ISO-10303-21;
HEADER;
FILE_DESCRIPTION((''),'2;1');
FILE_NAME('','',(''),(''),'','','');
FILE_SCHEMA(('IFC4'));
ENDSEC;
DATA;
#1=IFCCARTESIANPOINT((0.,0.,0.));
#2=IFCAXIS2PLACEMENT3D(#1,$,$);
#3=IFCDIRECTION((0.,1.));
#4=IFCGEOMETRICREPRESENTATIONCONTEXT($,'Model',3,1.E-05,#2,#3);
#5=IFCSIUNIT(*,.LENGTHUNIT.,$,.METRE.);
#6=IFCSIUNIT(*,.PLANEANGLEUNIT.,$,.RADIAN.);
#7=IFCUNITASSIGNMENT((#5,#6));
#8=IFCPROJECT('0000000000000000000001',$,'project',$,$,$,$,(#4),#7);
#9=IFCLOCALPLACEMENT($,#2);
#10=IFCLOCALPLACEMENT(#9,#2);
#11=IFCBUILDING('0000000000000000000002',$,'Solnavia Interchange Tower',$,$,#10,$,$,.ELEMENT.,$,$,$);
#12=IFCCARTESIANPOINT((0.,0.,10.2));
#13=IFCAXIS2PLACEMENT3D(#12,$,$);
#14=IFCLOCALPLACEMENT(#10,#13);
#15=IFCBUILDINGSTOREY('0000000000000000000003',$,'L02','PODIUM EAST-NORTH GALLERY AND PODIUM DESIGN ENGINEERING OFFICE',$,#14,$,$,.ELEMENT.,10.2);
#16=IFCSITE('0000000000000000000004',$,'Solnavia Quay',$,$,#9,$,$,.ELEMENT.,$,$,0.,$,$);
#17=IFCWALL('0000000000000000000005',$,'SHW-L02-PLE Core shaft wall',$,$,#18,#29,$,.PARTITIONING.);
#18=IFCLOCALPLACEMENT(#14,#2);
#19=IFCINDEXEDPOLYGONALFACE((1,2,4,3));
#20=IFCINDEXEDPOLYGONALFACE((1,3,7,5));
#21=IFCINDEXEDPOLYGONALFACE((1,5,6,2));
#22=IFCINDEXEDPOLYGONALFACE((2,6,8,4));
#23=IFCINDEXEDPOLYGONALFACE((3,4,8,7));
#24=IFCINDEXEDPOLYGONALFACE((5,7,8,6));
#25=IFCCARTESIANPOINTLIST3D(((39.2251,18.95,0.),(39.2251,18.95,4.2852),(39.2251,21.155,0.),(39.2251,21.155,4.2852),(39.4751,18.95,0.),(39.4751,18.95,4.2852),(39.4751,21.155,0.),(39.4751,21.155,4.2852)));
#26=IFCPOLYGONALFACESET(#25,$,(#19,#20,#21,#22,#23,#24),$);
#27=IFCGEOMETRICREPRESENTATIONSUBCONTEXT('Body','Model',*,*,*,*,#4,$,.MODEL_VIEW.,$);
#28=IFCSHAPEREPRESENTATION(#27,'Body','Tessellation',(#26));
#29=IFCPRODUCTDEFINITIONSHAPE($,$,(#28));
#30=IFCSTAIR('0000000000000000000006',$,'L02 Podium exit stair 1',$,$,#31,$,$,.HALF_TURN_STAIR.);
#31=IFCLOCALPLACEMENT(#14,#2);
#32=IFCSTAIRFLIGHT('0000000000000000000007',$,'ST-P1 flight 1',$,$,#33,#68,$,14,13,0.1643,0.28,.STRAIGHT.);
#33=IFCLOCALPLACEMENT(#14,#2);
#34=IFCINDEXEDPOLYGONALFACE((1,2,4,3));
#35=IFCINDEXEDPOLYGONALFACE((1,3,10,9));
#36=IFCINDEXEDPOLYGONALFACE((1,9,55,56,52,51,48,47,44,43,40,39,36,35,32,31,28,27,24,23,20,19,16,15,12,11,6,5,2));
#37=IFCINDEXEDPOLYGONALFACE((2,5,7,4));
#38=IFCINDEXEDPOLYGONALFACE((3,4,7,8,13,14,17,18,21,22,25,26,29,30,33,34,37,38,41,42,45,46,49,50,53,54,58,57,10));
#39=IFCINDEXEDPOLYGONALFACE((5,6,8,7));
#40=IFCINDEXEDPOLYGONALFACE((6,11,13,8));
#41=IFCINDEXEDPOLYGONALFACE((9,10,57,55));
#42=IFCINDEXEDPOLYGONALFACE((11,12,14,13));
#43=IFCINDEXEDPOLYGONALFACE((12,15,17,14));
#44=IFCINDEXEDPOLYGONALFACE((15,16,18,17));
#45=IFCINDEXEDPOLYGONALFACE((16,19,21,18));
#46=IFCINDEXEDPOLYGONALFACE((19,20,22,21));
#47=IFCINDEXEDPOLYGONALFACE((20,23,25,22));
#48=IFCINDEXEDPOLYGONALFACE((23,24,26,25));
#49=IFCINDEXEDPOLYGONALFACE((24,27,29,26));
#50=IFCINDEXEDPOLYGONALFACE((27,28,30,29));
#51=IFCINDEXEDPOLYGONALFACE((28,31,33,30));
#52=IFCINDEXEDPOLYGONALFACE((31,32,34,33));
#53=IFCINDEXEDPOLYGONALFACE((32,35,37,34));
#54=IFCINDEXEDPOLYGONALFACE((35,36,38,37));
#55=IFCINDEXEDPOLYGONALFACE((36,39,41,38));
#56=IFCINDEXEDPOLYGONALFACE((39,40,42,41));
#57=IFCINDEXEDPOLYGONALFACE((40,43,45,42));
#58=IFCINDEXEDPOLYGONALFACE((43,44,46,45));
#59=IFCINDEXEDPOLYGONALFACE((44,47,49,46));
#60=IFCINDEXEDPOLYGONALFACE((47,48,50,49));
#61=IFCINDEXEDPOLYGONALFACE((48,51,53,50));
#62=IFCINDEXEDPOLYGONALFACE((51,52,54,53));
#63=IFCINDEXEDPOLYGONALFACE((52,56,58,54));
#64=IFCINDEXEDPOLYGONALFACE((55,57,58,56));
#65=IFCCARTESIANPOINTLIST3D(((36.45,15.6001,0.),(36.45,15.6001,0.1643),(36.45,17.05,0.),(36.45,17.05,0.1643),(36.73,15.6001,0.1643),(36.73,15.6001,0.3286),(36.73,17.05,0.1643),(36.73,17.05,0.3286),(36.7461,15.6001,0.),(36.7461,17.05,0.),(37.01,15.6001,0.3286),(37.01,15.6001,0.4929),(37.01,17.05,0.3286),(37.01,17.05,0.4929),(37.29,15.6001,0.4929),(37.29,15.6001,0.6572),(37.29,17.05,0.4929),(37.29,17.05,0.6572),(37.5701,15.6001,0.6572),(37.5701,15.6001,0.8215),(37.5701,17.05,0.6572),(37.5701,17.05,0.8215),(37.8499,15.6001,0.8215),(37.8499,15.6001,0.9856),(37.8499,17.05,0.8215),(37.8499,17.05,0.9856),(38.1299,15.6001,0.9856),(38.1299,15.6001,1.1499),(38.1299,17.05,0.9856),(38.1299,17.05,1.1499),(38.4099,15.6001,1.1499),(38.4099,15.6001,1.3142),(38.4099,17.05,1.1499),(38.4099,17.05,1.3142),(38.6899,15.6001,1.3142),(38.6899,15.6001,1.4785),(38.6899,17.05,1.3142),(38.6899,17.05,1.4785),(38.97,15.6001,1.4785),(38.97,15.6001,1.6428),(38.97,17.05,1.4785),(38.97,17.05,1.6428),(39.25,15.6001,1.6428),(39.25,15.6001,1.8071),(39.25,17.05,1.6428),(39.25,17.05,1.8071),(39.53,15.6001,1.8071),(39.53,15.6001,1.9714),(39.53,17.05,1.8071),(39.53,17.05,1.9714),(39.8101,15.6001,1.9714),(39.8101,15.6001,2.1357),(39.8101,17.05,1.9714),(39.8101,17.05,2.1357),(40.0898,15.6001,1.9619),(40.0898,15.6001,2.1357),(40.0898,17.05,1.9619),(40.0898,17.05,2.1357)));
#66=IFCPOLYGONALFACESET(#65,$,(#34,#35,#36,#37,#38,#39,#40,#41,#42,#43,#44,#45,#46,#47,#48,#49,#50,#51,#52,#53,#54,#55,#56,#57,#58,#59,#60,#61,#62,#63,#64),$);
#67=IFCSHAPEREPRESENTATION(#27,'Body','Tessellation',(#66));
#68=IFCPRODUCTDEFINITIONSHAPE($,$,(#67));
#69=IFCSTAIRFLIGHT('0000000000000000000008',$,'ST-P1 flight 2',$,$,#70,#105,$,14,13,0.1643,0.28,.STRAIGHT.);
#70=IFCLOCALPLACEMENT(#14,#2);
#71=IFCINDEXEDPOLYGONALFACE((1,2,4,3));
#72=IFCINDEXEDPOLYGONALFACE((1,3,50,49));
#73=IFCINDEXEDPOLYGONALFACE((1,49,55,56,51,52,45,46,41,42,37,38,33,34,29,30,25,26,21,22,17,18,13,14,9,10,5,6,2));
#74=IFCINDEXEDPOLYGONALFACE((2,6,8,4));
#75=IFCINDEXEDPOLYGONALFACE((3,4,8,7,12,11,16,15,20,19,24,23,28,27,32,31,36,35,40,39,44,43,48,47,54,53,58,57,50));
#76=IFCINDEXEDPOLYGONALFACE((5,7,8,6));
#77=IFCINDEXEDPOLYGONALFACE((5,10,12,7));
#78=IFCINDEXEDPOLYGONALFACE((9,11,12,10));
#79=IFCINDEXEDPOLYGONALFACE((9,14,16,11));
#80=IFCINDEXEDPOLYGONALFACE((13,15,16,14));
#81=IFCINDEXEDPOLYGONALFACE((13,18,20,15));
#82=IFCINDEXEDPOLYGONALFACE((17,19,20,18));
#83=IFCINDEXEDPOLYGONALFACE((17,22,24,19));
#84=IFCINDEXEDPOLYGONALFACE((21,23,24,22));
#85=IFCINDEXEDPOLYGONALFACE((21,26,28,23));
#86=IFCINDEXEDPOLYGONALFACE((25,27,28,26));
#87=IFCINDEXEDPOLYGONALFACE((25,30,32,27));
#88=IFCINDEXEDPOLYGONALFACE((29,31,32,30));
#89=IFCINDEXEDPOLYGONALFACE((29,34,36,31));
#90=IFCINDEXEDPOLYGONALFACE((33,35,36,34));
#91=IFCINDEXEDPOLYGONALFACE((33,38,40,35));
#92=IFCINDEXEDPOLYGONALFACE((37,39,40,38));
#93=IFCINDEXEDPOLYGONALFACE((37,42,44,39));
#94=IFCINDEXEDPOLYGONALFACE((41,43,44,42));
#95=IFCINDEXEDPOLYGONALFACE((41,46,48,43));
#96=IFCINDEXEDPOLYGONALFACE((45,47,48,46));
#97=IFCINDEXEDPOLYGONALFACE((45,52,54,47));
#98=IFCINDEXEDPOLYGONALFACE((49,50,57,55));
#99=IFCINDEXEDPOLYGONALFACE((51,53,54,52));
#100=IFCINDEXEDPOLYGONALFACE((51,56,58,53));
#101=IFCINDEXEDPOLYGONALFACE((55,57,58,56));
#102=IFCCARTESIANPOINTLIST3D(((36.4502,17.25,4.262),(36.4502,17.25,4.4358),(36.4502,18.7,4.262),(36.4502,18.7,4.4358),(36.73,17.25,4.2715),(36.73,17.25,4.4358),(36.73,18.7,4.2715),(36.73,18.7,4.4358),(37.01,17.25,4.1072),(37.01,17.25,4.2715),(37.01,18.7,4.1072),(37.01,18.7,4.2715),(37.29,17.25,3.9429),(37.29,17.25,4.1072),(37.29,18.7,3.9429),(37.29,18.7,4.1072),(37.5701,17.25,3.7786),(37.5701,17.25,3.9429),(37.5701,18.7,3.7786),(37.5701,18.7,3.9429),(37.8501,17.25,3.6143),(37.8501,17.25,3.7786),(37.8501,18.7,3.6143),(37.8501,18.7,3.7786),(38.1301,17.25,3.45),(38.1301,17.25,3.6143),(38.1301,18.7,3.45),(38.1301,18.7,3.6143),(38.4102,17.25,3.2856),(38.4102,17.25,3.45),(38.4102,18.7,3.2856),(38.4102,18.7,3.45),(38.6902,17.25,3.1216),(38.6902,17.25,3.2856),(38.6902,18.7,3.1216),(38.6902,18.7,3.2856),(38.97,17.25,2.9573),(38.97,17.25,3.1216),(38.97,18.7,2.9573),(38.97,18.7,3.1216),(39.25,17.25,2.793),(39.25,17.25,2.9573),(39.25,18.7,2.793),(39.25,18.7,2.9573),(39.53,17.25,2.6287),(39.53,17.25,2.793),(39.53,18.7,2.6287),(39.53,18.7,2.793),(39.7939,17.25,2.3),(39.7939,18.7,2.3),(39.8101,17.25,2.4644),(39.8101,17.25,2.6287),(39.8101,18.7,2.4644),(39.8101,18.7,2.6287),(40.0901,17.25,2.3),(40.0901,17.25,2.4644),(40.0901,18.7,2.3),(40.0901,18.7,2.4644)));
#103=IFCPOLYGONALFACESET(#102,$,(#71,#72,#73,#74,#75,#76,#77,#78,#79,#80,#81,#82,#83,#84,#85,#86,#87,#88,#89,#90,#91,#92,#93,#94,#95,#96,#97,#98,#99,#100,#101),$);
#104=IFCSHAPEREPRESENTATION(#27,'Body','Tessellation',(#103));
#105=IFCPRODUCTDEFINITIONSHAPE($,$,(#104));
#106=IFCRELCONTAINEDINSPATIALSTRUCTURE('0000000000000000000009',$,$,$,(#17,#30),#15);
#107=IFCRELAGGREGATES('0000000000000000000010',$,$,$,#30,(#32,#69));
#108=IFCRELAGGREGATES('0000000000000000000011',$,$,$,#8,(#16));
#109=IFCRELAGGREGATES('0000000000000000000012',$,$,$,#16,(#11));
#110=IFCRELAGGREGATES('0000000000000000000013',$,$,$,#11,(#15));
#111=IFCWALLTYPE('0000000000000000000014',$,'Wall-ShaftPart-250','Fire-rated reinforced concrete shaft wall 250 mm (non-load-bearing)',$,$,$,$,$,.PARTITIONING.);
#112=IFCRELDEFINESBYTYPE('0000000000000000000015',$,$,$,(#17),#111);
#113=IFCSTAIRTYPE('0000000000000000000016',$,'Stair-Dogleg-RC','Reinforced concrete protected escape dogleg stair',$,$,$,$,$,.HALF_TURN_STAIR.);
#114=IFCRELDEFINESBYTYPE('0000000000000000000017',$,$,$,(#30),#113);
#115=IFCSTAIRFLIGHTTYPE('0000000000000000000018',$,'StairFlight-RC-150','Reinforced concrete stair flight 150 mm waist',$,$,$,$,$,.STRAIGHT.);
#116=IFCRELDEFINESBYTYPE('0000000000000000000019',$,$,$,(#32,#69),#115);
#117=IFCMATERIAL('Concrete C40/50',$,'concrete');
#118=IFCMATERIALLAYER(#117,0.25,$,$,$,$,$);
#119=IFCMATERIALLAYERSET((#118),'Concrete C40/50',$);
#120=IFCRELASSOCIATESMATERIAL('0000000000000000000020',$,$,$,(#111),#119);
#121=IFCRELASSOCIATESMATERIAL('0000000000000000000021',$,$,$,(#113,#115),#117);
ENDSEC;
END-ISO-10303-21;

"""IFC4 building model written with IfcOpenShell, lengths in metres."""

from ifc_helpers import new_model, si_unit, direction, frame, frame_2d, origin, place, context, subcontext, project, spatial, polyline, rectangle, outline, extrude, material, layer, layer_set, type_object, element, aggregate, save


model = new_model("IFC4")

# Units and contexts
model_context = context("Model", 3, precision=1e-05, world=origin(), true_north=direction((0.0, 1.0)))
body_context = subcontext(model_context, "Body", "Model", "MODEL_VIEW")
ifc_project = project(units=[si_unit("LENGTHUNIT", "METRE"), si_unit("PLANEANGLEUNIT", "RADIAN")], contexts=[model_context])

# Site, building, storey
site_placement = place(None, origin())
site = spatial("IfcSite", under=ifc_project, at=site_placement, Name="Solnavia Quay", CompositionType="ELEMENT", RefElevation=0.0)
building_placement = place(site_placement, origin())
building = spatial("IfcBuilding", under=site, at=building_placement, Name="Solnavia Interchange Tower", CompositionType="ELEMENT")
storey_placement = place(building_placement, frame((0.0, 0.0, 10.2)))
storey = spatial("IfcBuildingStorey", under=building, at=storey_placement, Name="L02", Description="PODIUM EAST-NORTH GALLERY AND PODIUM DESIGN ENGINEERING OFFICE", CompositionType="ELEMENT", Elevation=10.2)

# Shared definitions
ifc_material_1 = material(Name="Concrete C40/50", Category="concrete")

# Shared definitions
ifc_layer_1 = layer(ifc_material_1, 0.25)
ifc_layer_set_1 = layer_set([ifc_layer_1], Name="Concrete C40/50")
wall_type_1 = type_object("IfcWallType", Name="Wall-ShaftPart-250", Description="Fire-rated reinforced concrete shaft wall 250 mm (non-load-bearing)", PredefinedType="PARTITIONING", material=ifc_layer_set_1)

# Wall
for number, where, z_axis, x_axis, name in (
    (1, (39.3501, 18.95, 0.0), (0.0, 0.0, 1.0), (0.0, 1.0, 0.0), "SHW-L02-PLE Core shaft wall"),
):
    element("IfcWall", number, at=place(storey_placement, frame(where, z_axis=z_axis, x_axis=x_axis)), inside=storey, type_object=wall_type_1, Name=name, PredefinedType="PARTITIONING", context=body_context, shape_type="SweptSolid", body=[
        extrude(rectangle(XDim=2.2051, YDim=0.25, at=frame_2d((1.1025, 0.0))), origin(), (0.0, 0.0, 1.0), 4.2852),
    ])

# Stair, stair flights
stair_type = type_object("IfcStairType", Name="Stair-Dogleg-RC", Description="Reinforced concrete protected escape dogleg stair", PredefinedType="HALF_TURN_STAIR", material=ifc_material_1)
stair_placement = place(storey_placement, origin())
stair = element("IfcStair", 2, at=stair_placement, inside=storey, type_object=stair_type, Name="L02 Podium exit stair 1", PredefinedType="HALF_TURN_STAIR")
stair_flight_type = type_object("IfcStairFlightType", Name="StairFlight-RC-150", Description="Reinforced concrete stair flight 150 mm waist", PredefinedType="STRAIGHT", material=ifc_material_1)
stair_flight_1_placement = place(storey_placement, frame((36.45, 16.325, 0.0), z_axis=(0.0, 0.0, 1.0), x_axis=(1.0, 0.0, 0.0)))
stair_flight_1 = element("IfcStairFlight", 3, at=stair_flight_1_placement, type_object=stair_flight_type, Name="ST-P1 flight 1", NumberOfRisers=14, NumberOfTreads=13, PredefinedType="STRAIGHT", RiserHeight=0.1643, TreadLength=0.28, context=body_context, shape_type="SweptSolid", body=[
    extrude(outline(polyline([(0.0, 0.0), (0.0, 0.1643), (0.28, 0.1643), (0.28, 0.3286), (0.5601, 0.3286), (0.5601, 0.4929), (0.8401, 0.4929), (0.8401, 0.6572), (1.1201, 0.6572), (1.1201, 0.8215), (1.3999, 0.8215), (1.3999, 0.9856), (1.6799, 0.9856), (1.6799, 1.1499), (1.96, 1.1499), (1.96, 1.3142), (2.24, 1.3142), (2.24, 1.4785), (2.52, 1.4785), (2.52, 1.6428), (2.8, 1.6428), (2.8, 1.8071), (3.0801, 1.8071), (3.0801, 1.9714), (3.3601, 1.9714), (3.3601, 2.1357), (3.6399, 2.1357), (3.6399, 2.3), (3.6399, 1.9619), (0.2961, 0.0), (0.0, 0.0)])), frame((0.0, 0.7251, 0.0), z_axis=(0.0, -1.0, 0.0), x_axis=(1.0, 0.0, 0.0)), (0.0, 0.0, 1.0), 1.45),
])
stair_flight_2_placement = place(storey_placement, frame((40.0901, 17.9751, 2.3), z_axis=(0.0, 0.0, 1.0), x_axis=(-1.0, 0.0, 0.0)))
stair_flight_2 = element("IfcStairFlight", 4, at=stair_flight_2_placement, type_object=stair_flight_type, Name="ST-P1 flight 2", NumberOfRisers=14, NumberOfTreads=13, PredefinedType="STRAIGHT", RiserHeight=0.1643, TreadLength=0.28, context=body_context, shape_type="SweptSolid", body=[
    extrude(outline(polyline([(0.0, 0.0), (0.0, 0.1643), (0.28, 0.1643), (0.28, 0.3286), (0.5601, 0.3286), (0.5601, 0.4929), (0.8401, 0.4929), (0.8401, 0.6572), (1.1201, 0.6572), (1.1201, 0.8215), (1.3999, 0.8215), (1.3999, 0.9856), (1.6799, 0.9856), (1.6799, 1.1499), (1.96, 1.1499), (1.96, 1.3142), (2.24, 1.3142), (2.24, 1.4785), (2.52, 1.4785), (2.52, 1.6428), (2.8, 1.6428), (2.8, 1.8071), (3.0801, 1.8071), (3.0801, 1.9714), (3.3601, 1.9714), (3.3601, 2.1357), (3.6399, 2.1357), (3.6399, 2.3), (3.6399, 1.9619), (0.2961, 0.0), (0.0, 0.0)])), frame((0.0, 0.7251, 0.0), z_axis=(0.0, -1.0, 0.0), x_axis=(1.0, 0.0, 0.0)), (0.0, 0.0, 1.0), 1.45),
])
aggregate(stair, [stair_flight_1, stair_flight_2])

save(model, "model.ifc")
